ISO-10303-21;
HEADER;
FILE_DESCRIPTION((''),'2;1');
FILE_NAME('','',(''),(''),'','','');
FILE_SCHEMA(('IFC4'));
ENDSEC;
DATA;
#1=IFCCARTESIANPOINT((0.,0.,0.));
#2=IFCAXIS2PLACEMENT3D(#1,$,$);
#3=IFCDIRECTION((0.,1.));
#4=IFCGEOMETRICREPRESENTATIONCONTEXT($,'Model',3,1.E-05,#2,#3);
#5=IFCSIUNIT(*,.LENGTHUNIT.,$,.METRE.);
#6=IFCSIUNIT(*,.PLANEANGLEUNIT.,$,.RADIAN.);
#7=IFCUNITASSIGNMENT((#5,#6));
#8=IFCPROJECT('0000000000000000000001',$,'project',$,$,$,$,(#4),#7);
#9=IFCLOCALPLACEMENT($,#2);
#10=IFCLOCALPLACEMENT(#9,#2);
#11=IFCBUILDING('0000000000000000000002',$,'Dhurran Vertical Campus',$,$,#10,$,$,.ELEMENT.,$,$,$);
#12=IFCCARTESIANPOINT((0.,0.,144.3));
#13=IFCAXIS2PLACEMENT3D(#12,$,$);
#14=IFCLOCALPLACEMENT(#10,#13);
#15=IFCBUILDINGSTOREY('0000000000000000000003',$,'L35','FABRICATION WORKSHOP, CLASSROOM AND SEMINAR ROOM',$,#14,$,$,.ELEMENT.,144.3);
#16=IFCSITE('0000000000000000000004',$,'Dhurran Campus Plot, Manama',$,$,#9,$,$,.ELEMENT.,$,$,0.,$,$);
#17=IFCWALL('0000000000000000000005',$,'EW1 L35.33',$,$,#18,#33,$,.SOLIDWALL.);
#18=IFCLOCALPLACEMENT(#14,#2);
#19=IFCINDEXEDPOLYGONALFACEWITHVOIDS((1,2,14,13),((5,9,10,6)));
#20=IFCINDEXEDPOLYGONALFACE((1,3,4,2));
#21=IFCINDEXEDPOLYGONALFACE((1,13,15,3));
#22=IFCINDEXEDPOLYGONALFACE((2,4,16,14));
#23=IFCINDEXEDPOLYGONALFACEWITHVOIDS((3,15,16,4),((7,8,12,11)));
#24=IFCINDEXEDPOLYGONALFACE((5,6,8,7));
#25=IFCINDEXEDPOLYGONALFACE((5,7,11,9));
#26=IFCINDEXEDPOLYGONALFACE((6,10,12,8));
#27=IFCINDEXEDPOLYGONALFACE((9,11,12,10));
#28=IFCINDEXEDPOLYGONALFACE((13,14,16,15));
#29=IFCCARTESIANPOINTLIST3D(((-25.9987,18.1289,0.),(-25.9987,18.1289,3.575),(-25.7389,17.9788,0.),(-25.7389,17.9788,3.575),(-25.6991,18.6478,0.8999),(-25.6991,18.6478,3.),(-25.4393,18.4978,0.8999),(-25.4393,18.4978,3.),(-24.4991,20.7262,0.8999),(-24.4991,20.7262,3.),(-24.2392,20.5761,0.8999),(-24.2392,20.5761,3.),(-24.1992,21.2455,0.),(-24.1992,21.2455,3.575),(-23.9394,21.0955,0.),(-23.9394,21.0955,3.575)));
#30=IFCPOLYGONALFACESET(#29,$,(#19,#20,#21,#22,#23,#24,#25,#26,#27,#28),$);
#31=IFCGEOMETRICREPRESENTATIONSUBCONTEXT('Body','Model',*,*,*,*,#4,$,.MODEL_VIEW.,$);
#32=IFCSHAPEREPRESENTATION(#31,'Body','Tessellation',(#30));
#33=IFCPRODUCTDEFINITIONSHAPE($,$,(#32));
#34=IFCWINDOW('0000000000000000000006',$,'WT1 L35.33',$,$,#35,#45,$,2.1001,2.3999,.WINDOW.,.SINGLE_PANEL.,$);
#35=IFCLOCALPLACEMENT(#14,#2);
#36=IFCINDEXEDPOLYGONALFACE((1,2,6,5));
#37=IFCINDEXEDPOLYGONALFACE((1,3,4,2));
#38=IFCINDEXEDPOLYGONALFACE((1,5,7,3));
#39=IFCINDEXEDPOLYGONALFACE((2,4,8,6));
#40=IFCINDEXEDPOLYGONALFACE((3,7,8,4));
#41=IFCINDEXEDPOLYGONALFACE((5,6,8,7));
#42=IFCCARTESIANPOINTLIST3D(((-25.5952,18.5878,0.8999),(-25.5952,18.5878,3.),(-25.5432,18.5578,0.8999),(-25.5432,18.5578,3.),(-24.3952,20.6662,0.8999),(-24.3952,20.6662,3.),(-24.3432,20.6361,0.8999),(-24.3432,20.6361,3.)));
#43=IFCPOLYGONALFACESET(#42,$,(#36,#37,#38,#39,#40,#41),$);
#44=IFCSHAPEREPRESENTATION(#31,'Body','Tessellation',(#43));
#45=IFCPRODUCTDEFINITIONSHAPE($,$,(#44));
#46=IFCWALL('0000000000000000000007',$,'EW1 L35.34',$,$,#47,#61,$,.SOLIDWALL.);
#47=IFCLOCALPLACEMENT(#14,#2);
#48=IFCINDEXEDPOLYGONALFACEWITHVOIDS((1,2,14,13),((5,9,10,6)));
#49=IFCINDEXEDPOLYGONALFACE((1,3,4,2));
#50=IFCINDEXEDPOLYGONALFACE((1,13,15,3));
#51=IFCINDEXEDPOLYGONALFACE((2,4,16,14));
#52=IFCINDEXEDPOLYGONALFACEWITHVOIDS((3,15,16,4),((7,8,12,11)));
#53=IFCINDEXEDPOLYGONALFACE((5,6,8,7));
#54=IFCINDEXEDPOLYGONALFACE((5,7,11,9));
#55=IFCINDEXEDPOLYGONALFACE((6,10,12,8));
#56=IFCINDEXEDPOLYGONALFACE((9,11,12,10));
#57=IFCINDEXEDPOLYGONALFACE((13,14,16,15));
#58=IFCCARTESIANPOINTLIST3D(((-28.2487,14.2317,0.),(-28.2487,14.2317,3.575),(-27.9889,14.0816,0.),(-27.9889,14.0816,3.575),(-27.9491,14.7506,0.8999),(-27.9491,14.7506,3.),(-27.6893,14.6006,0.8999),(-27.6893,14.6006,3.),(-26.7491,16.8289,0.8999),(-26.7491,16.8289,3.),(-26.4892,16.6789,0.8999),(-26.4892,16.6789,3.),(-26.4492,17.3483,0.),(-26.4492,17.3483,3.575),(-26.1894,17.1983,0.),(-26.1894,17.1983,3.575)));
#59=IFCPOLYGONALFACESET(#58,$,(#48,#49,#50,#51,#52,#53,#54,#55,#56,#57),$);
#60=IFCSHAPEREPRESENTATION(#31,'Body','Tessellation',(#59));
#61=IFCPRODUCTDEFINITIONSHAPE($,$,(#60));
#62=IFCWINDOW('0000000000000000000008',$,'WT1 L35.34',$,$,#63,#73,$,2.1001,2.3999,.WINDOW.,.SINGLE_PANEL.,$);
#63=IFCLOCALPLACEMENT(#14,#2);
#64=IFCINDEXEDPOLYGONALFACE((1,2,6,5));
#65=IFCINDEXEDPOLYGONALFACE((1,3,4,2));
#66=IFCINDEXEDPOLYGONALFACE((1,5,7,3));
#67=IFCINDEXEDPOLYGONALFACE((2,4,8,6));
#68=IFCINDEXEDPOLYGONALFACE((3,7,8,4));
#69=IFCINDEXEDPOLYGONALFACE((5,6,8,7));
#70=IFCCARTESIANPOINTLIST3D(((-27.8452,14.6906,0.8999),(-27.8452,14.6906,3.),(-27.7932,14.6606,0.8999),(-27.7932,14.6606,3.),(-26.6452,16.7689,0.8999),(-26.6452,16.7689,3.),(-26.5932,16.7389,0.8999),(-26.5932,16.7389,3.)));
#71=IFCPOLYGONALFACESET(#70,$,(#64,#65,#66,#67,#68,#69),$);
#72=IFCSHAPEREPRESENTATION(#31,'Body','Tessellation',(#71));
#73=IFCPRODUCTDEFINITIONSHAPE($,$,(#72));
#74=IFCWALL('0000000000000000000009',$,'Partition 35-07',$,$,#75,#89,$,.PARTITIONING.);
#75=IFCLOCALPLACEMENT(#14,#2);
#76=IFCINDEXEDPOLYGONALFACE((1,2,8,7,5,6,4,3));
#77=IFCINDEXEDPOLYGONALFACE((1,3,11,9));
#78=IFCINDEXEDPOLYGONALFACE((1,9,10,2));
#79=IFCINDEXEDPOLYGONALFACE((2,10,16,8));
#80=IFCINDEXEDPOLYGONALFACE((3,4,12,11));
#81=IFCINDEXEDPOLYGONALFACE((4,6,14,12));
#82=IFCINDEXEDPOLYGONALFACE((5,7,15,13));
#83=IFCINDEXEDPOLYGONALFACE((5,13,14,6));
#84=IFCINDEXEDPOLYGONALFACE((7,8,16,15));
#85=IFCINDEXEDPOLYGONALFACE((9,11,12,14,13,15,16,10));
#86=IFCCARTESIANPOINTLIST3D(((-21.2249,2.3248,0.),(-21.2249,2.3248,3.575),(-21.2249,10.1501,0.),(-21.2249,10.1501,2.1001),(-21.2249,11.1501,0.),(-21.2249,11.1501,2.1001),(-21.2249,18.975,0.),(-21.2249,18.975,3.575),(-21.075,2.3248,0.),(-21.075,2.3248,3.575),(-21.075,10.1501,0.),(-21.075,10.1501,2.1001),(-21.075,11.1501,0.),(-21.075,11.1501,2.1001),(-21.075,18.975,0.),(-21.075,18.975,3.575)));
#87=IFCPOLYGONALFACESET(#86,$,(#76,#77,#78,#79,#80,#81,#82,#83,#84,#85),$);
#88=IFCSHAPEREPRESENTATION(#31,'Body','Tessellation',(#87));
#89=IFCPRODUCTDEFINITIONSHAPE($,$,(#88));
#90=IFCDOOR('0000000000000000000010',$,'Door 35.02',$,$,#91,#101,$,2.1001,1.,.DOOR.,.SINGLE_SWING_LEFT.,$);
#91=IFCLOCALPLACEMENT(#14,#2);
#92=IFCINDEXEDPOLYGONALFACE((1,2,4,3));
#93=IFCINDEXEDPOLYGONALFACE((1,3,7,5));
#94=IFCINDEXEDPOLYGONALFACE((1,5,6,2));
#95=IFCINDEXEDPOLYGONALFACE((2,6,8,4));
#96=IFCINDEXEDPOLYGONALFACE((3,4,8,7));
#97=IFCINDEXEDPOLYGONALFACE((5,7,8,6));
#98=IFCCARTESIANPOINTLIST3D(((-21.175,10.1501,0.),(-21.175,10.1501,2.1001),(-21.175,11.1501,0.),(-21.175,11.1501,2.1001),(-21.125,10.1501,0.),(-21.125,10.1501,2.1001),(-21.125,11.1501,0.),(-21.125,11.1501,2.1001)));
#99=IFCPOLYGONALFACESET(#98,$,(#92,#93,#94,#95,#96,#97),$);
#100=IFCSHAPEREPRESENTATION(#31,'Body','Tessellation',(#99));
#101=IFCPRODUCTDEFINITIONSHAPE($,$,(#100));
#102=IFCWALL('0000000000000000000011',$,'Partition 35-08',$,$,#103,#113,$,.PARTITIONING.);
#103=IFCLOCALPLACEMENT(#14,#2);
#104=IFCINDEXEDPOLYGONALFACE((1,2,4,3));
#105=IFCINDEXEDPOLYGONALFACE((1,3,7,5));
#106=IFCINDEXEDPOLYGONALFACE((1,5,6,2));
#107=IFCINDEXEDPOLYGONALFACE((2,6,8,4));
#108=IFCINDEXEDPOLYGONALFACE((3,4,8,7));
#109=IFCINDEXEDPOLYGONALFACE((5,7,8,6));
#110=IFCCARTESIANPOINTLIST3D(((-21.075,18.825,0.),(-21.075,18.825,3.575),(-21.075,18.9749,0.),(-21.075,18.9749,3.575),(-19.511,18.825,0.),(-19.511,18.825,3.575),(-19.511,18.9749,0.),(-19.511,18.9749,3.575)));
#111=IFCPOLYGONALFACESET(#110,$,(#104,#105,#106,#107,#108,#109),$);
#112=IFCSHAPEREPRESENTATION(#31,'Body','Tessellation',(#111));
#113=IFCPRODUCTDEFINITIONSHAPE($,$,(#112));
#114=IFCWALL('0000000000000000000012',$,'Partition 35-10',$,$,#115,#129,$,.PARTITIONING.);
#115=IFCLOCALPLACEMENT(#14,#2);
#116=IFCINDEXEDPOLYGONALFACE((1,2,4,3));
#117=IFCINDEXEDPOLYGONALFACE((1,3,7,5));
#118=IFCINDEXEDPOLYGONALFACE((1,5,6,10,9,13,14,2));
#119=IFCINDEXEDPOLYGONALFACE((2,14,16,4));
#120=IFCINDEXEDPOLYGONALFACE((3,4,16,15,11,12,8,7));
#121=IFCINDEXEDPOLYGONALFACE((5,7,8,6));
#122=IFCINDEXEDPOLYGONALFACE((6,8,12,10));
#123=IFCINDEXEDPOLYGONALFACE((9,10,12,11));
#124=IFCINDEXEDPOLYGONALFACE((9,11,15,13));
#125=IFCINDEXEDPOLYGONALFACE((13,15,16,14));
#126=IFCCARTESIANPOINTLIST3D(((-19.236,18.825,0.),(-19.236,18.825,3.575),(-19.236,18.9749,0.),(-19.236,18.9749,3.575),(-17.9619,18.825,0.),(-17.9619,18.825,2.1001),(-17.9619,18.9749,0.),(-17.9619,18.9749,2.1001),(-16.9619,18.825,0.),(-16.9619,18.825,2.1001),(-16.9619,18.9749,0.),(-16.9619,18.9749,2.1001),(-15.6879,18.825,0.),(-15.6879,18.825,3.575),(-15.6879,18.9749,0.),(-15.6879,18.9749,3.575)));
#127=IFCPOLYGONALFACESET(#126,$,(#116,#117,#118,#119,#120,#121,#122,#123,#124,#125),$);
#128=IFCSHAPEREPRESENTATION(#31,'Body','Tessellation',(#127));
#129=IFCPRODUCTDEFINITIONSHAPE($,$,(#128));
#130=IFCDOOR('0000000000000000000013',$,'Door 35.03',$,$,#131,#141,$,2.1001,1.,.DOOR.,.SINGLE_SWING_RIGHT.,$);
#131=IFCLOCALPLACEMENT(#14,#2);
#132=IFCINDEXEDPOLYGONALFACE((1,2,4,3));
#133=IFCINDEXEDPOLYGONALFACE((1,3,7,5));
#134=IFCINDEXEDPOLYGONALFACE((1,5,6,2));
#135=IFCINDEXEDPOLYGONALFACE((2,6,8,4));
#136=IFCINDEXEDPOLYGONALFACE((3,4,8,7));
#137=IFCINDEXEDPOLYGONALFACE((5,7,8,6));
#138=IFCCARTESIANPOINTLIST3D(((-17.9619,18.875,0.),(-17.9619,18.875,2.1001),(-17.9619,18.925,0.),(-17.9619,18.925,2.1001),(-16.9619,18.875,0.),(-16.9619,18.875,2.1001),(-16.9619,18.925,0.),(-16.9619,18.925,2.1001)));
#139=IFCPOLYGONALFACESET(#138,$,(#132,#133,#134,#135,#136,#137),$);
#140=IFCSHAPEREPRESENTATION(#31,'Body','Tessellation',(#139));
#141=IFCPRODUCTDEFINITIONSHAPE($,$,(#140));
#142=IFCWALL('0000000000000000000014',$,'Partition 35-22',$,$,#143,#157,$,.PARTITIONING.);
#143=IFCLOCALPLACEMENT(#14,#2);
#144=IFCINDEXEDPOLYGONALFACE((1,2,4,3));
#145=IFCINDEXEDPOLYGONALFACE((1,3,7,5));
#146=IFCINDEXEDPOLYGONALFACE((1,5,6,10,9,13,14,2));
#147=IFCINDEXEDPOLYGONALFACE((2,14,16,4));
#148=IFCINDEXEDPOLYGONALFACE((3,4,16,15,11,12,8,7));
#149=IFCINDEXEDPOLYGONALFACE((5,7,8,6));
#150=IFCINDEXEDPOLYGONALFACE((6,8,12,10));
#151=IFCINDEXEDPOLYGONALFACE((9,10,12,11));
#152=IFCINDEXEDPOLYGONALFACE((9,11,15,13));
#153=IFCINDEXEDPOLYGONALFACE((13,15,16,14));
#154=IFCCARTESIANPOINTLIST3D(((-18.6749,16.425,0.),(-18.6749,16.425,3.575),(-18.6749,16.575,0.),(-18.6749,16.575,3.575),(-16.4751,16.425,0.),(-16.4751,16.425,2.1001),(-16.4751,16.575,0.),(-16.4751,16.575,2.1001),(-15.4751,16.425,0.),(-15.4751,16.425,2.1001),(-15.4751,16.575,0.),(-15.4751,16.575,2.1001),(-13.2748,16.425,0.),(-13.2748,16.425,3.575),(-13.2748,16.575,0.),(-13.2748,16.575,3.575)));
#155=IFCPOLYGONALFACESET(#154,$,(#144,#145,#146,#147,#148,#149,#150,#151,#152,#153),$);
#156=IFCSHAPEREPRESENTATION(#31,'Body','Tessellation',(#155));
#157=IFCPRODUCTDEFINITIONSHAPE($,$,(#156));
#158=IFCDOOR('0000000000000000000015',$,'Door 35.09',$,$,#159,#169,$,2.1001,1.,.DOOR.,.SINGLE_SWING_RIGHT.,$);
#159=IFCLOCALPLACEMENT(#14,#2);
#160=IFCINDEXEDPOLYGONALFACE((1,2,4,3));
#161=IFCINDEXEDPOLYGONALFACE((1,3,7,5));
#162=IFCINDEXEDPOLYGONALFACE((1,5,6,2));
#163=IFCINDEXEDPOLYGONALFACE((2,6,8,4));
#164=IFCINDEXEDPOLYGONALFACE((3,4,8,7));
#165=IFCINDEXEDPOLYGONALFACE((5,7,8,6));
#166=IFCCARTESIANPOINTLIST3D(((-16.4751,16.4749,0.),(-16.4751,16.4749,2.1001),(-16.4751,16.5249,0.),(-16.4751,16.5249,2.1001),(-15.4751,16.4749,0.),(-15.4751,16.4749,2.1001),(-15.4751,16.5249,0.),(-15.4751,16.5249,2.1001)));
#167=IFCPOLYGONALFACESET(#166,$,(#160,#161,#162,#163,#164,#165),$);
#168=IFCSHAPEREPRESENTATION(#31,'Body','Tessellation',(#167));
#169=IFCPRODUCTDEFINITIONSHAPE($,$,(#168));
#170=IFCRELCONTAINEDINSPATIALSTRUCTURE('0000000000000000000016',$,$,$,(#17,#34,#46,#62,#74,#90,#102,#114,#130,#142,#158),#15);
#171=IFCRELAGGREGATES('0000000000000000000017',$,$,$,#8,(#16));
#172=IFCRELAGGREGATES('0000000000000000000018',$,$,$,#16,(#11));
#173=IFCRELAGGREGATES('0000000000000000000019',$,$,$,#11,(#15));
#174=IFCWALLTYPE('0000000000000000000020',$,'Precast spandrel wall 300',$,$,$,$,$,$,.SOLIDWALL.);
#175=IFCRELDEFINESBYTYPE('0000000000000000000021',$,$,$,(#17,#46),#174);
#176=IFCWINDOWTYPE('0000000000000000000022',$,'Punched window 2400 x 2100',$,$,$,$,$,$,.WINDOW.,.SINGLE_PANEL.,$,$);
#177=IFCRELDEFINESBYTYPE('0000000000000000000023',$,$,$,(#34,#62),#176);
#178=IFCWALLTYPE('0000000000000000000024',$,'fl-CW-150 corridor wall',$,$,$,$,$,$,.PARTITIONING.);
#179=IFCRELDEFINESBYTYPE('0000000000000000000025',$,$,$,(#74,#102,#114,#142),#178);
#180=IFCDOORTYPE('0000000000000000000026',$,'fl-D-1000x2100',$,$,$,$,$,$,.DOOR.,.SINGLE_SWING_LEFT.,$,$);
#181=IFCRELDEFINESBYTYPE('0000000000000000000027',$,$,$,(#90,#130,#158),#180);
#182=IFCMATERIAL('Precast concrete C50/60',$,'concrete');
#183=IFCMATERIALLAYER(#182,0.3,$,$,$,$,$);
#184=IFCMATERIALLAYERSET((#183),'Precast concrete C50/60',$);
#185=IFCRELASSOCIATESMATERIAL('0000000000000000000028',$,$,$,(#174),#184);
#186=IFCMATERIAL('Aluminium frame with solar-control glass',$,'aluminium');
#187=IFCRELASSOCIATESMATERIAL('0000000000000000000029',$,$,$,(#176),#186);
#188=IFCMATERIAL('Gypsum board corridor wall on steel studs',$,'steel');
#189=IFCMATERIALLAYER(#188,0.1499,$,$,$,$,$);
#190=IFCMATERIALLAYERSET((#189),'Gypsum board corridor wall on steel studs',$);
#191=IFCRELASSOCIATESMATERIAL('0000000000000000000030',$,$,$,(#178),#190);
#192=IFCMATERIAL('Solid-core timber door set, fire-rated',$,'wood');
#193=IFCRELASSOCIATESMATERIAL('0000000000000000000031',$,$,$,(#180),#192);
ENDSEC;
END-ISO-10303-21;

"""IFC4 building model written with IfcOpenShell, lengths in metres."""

from ifc_helpers import new_model, si_unit, direction, frame, frame_2d, origin, place, context, subcontext, project, spatial, rectangle, extrude, material, layer, layer_set, type_object, element, fill, save


model = new_model("IFC4")

# Units and contexts
model_context = context("Model", 3, precision=1e-05, world=origin(), true_north=direction((0.0, 1.0)))
body_context = subcontext(model_context, "Body", "Model", "MODEL_VIEW")
ifc_project = project(units=[si_unit("LENGTHUNIT", "METRE"), si_unit("PLANEANGLEUNIT", "RADIAN")], contexts=[model_context])

# Site, building, storey
site_placement = place(None, origin())
site = spatial("IfcSite", under=ifc_project, at=site_placement, Name="Dhurran Campus Plot, Manama", CompositionType="ELEMENT", RefElevation=0.0)
building_placement = place(site_placement, origin())
building = spatial("IfcBuilding", under=site, at=building_placement, Name="Dhurran Vertical Campus", CompositionType="ELEMENT")
storey_placement = place(building_placement, frame((0.0, 0.0, 144.3)))
storey = spatial("IfcBuildingStorey", under=building, at=storey_placement, Name="L35", Description="FABRICATION WORKSHOP, CLASSROOM AND SEMINAR ROOM", CompositionType="ELEMENT", Elevation=144.3)

# Walls, openings, windows
ifc_material_1 = material(Name="Precast concrete C50/60", Category="concrete")
ifc_layer_1 = layer(ifc_material_1, 0.3)
ifc_layer_set_1 = layer_set([ifc_layer_1], Name="Precast concrete C50/60")
wall_type_1 = type_object("IfcWallType", Name="Precast spandrel wall 300", PredefinedType="SOLIDWALL", material=ifc_layer_set_1)
ifc_material_2 = material(Name="Aluminium frame with solar-control glass", Category="aluminium")
window_type = type_object("IfcWindowType", Name="Punched window 2400 x 2100", PartitioningType="SINGLE_PANEL", PredefinedType="WINDOW", material=ifc_material_2)
wall_1_placement = place(storey_placement, frame((-24.0693, 21.1704, 0.0), z_axis=(0.0, 0.0, 1.0), x_axis=(-0.500028, -0.866009, 0.0)))
wall_1 = element("IfcWall", 1, at=wall_1_placement, inside=storey, type_object=wall_type_1, Name="EW1 L35.33", PredefinedType="SOLIDWALL", context=body_context, shape_type="SweptSolid", body=[
    extrude(rectangle(XDim=3.5989, YDim=0.3, at=frame_2d((1.7993, 0.0))), origin(), (0.0, 0.0, 1.0), 3.575),
])
opening_1_placement = place(wall_1_placement, frame((0.5996, 0.0, 0.8999)))
opening_1 = element("IfcOpeningElement", 2, at=opening_1_placement, cuts=wall_1, PredefinedType="OPENING", context=body_context, shape_type="SweptSolid", body=[
    extrude(rectangle(XDim=2.3999, YDim=2.1001, at=frame_2d((1.2, 1.05))), frame((0.0, 0.1599, 0.0), z_axis=(0.0, -1.0, 0.0), x_axis=(1.0, 0.0, 0.0)), (0.0, 0.0, 1.0), 0.3201),
])
window_1_placement = place(opening_1_placement, origin())
window_1 = element("IfcWindow", 3, at=window_1_placement, inside=storey, type_object=window_type, Name="WT1 L35.33", OverallHeight=2.1001, OverallWidth=2.3999, PartitioningType="SINGLE_PANEL", PredefinedType="WINDOW", context=body_context, shape_type="SweptSolid", body=[
    extrude(rectangle(XDim=2.3999, YDim=2.1001, at=frame_2d((1.2, 1.05))), frame((0.0, 0.03, 0.0), z_axis=(0.0, -1.0, 0.0), x_axis=(1.0, 0.0, 0.0)), (0.0, 0.0, 1.0), 0.0601),
])
fill(opening_1, window_1)
wall_2_placement = place(storey_placement, frame((-26.3193, 17.2732, 0.0), z_axis=(0.0, 0.0, 1.0), x_axis=(-0.500028, -0.866009, 0.0)))
wall_2 = element("IfcWall", 4, at=wall_2_placement, inside=storey, type_object=wall_type_1, Name="EW1 L35.34", PredefinedType="SOLIDWALL", context=body_context, shape_type="SweptSolid", body=[
    extrude(rectangle(XDim=3.5989, YDim=0.3, at=frame_2d((1.7993, 0.0))), origin(), (0.0, 0.0, 1.0), 3.575),
])
opening_2_placement = place(wall_2_placement, frame((0.5996, 0.0, 0.8999)))
opening_2 = element("IfcOpeningElement", 5, at=opening_2_placement, cuts=wall_2, PredefinedType="OPENING", context=body_context, shape_type="SweptSolid", body=[
    extrude(rectangle(XDim=2.3999, YDim=2.1001, at=frame_2d((1.2, 1.05))), frame((0.0, 0.1599, 0.0), z_axis=(0.0, -1.0, 0.0), x_axis=(1.0, 0.0, 0.0)), (0.0, 0.0, 1.0), 0.3201),
])
window_2_placement = place(opening_2_placement, origin())
window_2 = element("IfcWindow", 6, at=window_2_placement, inside=storey, type_object=window_type, Name="WT1 L35.34", OverallHeight=2.1001, OverallWidth=2.3999, PartitioningType="SINGLE_PANEL", PredefinedType="WINDOW", context=body_context, shape_type="SweptSolid", body=[
    extrude(rectangle(XDim=2.3999, YDim=2.1001, at=frame_2d((1.2, 1.05))), frame((0.0, 0.03, 0.0), z_axis=(0.0, -1.0, 0.0), x_axis=(1.0, 0.0, 0.0)), (0.0, 0.0, 1.0), 0.0601),
])
fill(opening_2, window_2)

# Wall, opening, door
ifc_material_3 = material(Name="Gypsum board corridor wall on steel studs", Category="steel")
ifc_layer_2 = layer(ifc_material_3, 0.1499)
ifc_layer_set_2 = layer_set([ifc_layer_2], Name="Gypsum board corridor wall on steel studs")
wall_type_2 = type_object("IfcWallType", Name="fl-CW-150 corridor wall", PredefinedType="PARTITIONING", material=ifc_layer_set_2)
wall_3_placement = place(storey_placement, frame((-21.1499, 18.9751, 0.0), z_axis=(0.0, 0.0, 1.0), x_axis=(0.0, -1.0, 0.0)))
wall_3 = element("IfcWall", 7, at=wall_3_placement, inside=storey, type_object=wall_type_2, Name="Partition 35-07", PredefinedType="PARTITIONING", context=body_context, shape_type="SweptSolid", body=[
    extrude(rectangle(XDim=16.6501, YDim=0.1499, at=frame_2d((8.3252, 0.0))), origin(), (0.0, 0.0, 1.0), 3.575),
])
opening_3_placement = place(wall_3_placement, frame((7.825, 0.0, 0.0)))
opening_3 = element("IfcOpeningElement", 8, at=opening_3_placement, cuts=wall_3, PredefinedType="OPENING", context=body_context, shape_type="SweptSolid", body=[
    extrude(rectangle(XDim=1.0, YDim=2.1001, at=frame_2d((0.5, 1.05))), frame((0.0, 0.085, 0.0), z_axis=(0.0, -1.0, 0.0), x_axis=(1.0, 0.0, 0.0)), (0.0, 0.0, 1.0), 0.1699),
])
ifc_material_4 = material(Name="Solid-core timber door set, fire-rated", Category="wood")
door_type = type_object("IfcDoorType", Name="fl-D-1000x2100", OperationType="SINGLE_SWING_LEFT", PredefinedType="DOOR", material=ifc_material_4)
door_1_placement = place(opening_3_placement, origin())
door_1 = element("IfcDoor", 9, at=door_1_placement, inside=storey, type_object=door_type, Name="Door 35.02", OperationType="SINGLE_SWING_LEFT", OverallHeight=2.1001, OverallWidth=1.0, PredefinedType="DOOR", context=body_context, shape_type="SweptSolid", body=[
    extrude(rectangle(XDim=1.0, YDim=2.1001, at=frame_2d((0.5, 1.05))), frame((0.0, 0.0249, 0.0), z_axis=(0.0, -1.0, 0.0), x_axis=(1.0, 0.0, 0.0)), (0.0, 0.0, 1.0), 0.05),
])
fill(opening_3, door_1)

# Wall
wall_4_placement = place(storey_placement, frame((-19.511, 18.8999, 0.0), z_axis=(0.0, 0.0, 1.0), x_axis=(-1.0, 0.0, 0.0)))
element("IfcWall", 10, at=wall_4_placement, inside=storey, type_object=wall_type_2, Name="Partition 35-08", PredefinedType="PARTITIONING", context=body_context, shape_type="SweptSolid", body=[
    extrude(rectangle(XDim=1.564, YDim=0.1499, at=frame_2d((0.782, 0.0))), origin(), (0.0, 0.0, 1.0), 3.575),
])

# Walls, openings, doors
wall_5_placement = place(storey_placement, frame((-15.688, 18.8999, 0.0), z_axis=(0.0, 0.0, 1.0), x_axis=(-1.0, 0.0, 0.0)))
wall_5 = element("IfcWall", 11, at=wall_5_placement, inside=storey, type_object=wall_type_2, Name="Partition 35-10", PredefinedType="PARTITIONING", context=body_context, shape_type="SweptSolid", body=[
    extrude(rectangle(XDim=3.5481, YDim=0.1499, at=frame_2d((1.7739, 0.0))), origin(), (0.0, 0.0, 1.0), 3.575),
])
opening_4_placement = place(wall_5_placement, frame((1.2739, 0.0, 0.0)))
opening_4 = element("IfcOpeningElement", 12, at=opening_4_placement, cuts=wall_5, PredefinedType="OPENING", context=body_context, shape_type="SweptSolid", body=[
    extrude(rectangle(XDim=1.0, YDim=2.1001, at=frame_2d((0.5, 1.05))), frame((0.0, 0.085, 0.0), z_axis=(0.0, -1.0, 0.0), x_axis=(1.0, 0.0, 0.0)), (0.0, 0.0, 1.0), 0.1699),
])
door_2_placement = place(opening_4_placement, origin())
door_2 = element("IfcDoor", 13, at=door_2_placement, inside=storey, type_object=door_type, Name="Door 35.03", OperationType="SINGLE_SWING_RIGHT", OverallHeight=2.1001, OverallWidth=1.0, PredefinedType="DOOR", context=body_context, shape_type="SweptSolid", body=[
    extrude(rectangle(XDim=1.0, YDim=2.1001, at=frame_2d((0.5, 1.05))), frame((0.0, 0.0249, 0.0), z_axis=(0.0, -1.0, 0.0), x_axis=(1.0, 0.0, 0.0)), (0.0, 0.0, 1.0), 0.05),
])
fill(opening_4, door_2)
wall_6_placement = place(storey_placement, frame((-18.675, 16.5, 0.0), z_axis=(0.0, 0.0, 1.0), x_axis=(1.0, 0.0, 0.0)))
wall_6 = element("IfcWall", 14, at=wall_6_placement, inside=storey, type_object=wall_type_2, Name="Partition 35-22", PredefinedType="PARTITIONING", context=body_context, shape_type="SweptSolid", body=[
    extrude(rectangle(XDim=5.4001, YDim=0.1499, at=frame_2d((2.7002, 0.0))), origin(), (0.0, 0.0, 1.0), 3.575),
])
opening_5_placement = place(wall_6_placement, frame((2.2, 0.0, 0.0)))
opening_5 = element("IfcOpeningElement", 15, at=opening_5_placement, cuts=wall_6, PredefinedType="OPENING", context=body_context, shape_type="SweptSolid", body=[
    extrude(rectangle(XDim=1.0, YDim=2.1001, at=frame_2d((0.5, 1.05))), frame((0.0, 0.085, 0.0), z_axis=(0.0, -1.0, 0.0), x_axis=(1.0, 0.0, 0.0)), (0.0, 0.0, 1.0), 0.1699),
])
door_3_placement = place(opening_5_placement, origin())
door_3 = element("IfcDoor", 16, at=door_3_placement, inside=storey, type_object=door_type, Name="Door 35.09", OperationType="SINGLE_SWING_RIGHT", OverallHeight=2.1001, OverallWidth=1.0, PredefinedType="DOOR", context=body_context, shape_type="SweptSolid", body=[
    extrude(rectangle(XDim=1.0, YDim=2.1001, at=frame_2d((0.5, 1.05))), frame((0.0, 0.0249, 0.0), z_axis=(0.0, -1.0, 0.0), x_axis=(1.0, 0.0, 0.0)), (0.0, 0.0, 1.0), 0.05),
])
fill(opening_5, door_3)

save(model, "model.ifc")
